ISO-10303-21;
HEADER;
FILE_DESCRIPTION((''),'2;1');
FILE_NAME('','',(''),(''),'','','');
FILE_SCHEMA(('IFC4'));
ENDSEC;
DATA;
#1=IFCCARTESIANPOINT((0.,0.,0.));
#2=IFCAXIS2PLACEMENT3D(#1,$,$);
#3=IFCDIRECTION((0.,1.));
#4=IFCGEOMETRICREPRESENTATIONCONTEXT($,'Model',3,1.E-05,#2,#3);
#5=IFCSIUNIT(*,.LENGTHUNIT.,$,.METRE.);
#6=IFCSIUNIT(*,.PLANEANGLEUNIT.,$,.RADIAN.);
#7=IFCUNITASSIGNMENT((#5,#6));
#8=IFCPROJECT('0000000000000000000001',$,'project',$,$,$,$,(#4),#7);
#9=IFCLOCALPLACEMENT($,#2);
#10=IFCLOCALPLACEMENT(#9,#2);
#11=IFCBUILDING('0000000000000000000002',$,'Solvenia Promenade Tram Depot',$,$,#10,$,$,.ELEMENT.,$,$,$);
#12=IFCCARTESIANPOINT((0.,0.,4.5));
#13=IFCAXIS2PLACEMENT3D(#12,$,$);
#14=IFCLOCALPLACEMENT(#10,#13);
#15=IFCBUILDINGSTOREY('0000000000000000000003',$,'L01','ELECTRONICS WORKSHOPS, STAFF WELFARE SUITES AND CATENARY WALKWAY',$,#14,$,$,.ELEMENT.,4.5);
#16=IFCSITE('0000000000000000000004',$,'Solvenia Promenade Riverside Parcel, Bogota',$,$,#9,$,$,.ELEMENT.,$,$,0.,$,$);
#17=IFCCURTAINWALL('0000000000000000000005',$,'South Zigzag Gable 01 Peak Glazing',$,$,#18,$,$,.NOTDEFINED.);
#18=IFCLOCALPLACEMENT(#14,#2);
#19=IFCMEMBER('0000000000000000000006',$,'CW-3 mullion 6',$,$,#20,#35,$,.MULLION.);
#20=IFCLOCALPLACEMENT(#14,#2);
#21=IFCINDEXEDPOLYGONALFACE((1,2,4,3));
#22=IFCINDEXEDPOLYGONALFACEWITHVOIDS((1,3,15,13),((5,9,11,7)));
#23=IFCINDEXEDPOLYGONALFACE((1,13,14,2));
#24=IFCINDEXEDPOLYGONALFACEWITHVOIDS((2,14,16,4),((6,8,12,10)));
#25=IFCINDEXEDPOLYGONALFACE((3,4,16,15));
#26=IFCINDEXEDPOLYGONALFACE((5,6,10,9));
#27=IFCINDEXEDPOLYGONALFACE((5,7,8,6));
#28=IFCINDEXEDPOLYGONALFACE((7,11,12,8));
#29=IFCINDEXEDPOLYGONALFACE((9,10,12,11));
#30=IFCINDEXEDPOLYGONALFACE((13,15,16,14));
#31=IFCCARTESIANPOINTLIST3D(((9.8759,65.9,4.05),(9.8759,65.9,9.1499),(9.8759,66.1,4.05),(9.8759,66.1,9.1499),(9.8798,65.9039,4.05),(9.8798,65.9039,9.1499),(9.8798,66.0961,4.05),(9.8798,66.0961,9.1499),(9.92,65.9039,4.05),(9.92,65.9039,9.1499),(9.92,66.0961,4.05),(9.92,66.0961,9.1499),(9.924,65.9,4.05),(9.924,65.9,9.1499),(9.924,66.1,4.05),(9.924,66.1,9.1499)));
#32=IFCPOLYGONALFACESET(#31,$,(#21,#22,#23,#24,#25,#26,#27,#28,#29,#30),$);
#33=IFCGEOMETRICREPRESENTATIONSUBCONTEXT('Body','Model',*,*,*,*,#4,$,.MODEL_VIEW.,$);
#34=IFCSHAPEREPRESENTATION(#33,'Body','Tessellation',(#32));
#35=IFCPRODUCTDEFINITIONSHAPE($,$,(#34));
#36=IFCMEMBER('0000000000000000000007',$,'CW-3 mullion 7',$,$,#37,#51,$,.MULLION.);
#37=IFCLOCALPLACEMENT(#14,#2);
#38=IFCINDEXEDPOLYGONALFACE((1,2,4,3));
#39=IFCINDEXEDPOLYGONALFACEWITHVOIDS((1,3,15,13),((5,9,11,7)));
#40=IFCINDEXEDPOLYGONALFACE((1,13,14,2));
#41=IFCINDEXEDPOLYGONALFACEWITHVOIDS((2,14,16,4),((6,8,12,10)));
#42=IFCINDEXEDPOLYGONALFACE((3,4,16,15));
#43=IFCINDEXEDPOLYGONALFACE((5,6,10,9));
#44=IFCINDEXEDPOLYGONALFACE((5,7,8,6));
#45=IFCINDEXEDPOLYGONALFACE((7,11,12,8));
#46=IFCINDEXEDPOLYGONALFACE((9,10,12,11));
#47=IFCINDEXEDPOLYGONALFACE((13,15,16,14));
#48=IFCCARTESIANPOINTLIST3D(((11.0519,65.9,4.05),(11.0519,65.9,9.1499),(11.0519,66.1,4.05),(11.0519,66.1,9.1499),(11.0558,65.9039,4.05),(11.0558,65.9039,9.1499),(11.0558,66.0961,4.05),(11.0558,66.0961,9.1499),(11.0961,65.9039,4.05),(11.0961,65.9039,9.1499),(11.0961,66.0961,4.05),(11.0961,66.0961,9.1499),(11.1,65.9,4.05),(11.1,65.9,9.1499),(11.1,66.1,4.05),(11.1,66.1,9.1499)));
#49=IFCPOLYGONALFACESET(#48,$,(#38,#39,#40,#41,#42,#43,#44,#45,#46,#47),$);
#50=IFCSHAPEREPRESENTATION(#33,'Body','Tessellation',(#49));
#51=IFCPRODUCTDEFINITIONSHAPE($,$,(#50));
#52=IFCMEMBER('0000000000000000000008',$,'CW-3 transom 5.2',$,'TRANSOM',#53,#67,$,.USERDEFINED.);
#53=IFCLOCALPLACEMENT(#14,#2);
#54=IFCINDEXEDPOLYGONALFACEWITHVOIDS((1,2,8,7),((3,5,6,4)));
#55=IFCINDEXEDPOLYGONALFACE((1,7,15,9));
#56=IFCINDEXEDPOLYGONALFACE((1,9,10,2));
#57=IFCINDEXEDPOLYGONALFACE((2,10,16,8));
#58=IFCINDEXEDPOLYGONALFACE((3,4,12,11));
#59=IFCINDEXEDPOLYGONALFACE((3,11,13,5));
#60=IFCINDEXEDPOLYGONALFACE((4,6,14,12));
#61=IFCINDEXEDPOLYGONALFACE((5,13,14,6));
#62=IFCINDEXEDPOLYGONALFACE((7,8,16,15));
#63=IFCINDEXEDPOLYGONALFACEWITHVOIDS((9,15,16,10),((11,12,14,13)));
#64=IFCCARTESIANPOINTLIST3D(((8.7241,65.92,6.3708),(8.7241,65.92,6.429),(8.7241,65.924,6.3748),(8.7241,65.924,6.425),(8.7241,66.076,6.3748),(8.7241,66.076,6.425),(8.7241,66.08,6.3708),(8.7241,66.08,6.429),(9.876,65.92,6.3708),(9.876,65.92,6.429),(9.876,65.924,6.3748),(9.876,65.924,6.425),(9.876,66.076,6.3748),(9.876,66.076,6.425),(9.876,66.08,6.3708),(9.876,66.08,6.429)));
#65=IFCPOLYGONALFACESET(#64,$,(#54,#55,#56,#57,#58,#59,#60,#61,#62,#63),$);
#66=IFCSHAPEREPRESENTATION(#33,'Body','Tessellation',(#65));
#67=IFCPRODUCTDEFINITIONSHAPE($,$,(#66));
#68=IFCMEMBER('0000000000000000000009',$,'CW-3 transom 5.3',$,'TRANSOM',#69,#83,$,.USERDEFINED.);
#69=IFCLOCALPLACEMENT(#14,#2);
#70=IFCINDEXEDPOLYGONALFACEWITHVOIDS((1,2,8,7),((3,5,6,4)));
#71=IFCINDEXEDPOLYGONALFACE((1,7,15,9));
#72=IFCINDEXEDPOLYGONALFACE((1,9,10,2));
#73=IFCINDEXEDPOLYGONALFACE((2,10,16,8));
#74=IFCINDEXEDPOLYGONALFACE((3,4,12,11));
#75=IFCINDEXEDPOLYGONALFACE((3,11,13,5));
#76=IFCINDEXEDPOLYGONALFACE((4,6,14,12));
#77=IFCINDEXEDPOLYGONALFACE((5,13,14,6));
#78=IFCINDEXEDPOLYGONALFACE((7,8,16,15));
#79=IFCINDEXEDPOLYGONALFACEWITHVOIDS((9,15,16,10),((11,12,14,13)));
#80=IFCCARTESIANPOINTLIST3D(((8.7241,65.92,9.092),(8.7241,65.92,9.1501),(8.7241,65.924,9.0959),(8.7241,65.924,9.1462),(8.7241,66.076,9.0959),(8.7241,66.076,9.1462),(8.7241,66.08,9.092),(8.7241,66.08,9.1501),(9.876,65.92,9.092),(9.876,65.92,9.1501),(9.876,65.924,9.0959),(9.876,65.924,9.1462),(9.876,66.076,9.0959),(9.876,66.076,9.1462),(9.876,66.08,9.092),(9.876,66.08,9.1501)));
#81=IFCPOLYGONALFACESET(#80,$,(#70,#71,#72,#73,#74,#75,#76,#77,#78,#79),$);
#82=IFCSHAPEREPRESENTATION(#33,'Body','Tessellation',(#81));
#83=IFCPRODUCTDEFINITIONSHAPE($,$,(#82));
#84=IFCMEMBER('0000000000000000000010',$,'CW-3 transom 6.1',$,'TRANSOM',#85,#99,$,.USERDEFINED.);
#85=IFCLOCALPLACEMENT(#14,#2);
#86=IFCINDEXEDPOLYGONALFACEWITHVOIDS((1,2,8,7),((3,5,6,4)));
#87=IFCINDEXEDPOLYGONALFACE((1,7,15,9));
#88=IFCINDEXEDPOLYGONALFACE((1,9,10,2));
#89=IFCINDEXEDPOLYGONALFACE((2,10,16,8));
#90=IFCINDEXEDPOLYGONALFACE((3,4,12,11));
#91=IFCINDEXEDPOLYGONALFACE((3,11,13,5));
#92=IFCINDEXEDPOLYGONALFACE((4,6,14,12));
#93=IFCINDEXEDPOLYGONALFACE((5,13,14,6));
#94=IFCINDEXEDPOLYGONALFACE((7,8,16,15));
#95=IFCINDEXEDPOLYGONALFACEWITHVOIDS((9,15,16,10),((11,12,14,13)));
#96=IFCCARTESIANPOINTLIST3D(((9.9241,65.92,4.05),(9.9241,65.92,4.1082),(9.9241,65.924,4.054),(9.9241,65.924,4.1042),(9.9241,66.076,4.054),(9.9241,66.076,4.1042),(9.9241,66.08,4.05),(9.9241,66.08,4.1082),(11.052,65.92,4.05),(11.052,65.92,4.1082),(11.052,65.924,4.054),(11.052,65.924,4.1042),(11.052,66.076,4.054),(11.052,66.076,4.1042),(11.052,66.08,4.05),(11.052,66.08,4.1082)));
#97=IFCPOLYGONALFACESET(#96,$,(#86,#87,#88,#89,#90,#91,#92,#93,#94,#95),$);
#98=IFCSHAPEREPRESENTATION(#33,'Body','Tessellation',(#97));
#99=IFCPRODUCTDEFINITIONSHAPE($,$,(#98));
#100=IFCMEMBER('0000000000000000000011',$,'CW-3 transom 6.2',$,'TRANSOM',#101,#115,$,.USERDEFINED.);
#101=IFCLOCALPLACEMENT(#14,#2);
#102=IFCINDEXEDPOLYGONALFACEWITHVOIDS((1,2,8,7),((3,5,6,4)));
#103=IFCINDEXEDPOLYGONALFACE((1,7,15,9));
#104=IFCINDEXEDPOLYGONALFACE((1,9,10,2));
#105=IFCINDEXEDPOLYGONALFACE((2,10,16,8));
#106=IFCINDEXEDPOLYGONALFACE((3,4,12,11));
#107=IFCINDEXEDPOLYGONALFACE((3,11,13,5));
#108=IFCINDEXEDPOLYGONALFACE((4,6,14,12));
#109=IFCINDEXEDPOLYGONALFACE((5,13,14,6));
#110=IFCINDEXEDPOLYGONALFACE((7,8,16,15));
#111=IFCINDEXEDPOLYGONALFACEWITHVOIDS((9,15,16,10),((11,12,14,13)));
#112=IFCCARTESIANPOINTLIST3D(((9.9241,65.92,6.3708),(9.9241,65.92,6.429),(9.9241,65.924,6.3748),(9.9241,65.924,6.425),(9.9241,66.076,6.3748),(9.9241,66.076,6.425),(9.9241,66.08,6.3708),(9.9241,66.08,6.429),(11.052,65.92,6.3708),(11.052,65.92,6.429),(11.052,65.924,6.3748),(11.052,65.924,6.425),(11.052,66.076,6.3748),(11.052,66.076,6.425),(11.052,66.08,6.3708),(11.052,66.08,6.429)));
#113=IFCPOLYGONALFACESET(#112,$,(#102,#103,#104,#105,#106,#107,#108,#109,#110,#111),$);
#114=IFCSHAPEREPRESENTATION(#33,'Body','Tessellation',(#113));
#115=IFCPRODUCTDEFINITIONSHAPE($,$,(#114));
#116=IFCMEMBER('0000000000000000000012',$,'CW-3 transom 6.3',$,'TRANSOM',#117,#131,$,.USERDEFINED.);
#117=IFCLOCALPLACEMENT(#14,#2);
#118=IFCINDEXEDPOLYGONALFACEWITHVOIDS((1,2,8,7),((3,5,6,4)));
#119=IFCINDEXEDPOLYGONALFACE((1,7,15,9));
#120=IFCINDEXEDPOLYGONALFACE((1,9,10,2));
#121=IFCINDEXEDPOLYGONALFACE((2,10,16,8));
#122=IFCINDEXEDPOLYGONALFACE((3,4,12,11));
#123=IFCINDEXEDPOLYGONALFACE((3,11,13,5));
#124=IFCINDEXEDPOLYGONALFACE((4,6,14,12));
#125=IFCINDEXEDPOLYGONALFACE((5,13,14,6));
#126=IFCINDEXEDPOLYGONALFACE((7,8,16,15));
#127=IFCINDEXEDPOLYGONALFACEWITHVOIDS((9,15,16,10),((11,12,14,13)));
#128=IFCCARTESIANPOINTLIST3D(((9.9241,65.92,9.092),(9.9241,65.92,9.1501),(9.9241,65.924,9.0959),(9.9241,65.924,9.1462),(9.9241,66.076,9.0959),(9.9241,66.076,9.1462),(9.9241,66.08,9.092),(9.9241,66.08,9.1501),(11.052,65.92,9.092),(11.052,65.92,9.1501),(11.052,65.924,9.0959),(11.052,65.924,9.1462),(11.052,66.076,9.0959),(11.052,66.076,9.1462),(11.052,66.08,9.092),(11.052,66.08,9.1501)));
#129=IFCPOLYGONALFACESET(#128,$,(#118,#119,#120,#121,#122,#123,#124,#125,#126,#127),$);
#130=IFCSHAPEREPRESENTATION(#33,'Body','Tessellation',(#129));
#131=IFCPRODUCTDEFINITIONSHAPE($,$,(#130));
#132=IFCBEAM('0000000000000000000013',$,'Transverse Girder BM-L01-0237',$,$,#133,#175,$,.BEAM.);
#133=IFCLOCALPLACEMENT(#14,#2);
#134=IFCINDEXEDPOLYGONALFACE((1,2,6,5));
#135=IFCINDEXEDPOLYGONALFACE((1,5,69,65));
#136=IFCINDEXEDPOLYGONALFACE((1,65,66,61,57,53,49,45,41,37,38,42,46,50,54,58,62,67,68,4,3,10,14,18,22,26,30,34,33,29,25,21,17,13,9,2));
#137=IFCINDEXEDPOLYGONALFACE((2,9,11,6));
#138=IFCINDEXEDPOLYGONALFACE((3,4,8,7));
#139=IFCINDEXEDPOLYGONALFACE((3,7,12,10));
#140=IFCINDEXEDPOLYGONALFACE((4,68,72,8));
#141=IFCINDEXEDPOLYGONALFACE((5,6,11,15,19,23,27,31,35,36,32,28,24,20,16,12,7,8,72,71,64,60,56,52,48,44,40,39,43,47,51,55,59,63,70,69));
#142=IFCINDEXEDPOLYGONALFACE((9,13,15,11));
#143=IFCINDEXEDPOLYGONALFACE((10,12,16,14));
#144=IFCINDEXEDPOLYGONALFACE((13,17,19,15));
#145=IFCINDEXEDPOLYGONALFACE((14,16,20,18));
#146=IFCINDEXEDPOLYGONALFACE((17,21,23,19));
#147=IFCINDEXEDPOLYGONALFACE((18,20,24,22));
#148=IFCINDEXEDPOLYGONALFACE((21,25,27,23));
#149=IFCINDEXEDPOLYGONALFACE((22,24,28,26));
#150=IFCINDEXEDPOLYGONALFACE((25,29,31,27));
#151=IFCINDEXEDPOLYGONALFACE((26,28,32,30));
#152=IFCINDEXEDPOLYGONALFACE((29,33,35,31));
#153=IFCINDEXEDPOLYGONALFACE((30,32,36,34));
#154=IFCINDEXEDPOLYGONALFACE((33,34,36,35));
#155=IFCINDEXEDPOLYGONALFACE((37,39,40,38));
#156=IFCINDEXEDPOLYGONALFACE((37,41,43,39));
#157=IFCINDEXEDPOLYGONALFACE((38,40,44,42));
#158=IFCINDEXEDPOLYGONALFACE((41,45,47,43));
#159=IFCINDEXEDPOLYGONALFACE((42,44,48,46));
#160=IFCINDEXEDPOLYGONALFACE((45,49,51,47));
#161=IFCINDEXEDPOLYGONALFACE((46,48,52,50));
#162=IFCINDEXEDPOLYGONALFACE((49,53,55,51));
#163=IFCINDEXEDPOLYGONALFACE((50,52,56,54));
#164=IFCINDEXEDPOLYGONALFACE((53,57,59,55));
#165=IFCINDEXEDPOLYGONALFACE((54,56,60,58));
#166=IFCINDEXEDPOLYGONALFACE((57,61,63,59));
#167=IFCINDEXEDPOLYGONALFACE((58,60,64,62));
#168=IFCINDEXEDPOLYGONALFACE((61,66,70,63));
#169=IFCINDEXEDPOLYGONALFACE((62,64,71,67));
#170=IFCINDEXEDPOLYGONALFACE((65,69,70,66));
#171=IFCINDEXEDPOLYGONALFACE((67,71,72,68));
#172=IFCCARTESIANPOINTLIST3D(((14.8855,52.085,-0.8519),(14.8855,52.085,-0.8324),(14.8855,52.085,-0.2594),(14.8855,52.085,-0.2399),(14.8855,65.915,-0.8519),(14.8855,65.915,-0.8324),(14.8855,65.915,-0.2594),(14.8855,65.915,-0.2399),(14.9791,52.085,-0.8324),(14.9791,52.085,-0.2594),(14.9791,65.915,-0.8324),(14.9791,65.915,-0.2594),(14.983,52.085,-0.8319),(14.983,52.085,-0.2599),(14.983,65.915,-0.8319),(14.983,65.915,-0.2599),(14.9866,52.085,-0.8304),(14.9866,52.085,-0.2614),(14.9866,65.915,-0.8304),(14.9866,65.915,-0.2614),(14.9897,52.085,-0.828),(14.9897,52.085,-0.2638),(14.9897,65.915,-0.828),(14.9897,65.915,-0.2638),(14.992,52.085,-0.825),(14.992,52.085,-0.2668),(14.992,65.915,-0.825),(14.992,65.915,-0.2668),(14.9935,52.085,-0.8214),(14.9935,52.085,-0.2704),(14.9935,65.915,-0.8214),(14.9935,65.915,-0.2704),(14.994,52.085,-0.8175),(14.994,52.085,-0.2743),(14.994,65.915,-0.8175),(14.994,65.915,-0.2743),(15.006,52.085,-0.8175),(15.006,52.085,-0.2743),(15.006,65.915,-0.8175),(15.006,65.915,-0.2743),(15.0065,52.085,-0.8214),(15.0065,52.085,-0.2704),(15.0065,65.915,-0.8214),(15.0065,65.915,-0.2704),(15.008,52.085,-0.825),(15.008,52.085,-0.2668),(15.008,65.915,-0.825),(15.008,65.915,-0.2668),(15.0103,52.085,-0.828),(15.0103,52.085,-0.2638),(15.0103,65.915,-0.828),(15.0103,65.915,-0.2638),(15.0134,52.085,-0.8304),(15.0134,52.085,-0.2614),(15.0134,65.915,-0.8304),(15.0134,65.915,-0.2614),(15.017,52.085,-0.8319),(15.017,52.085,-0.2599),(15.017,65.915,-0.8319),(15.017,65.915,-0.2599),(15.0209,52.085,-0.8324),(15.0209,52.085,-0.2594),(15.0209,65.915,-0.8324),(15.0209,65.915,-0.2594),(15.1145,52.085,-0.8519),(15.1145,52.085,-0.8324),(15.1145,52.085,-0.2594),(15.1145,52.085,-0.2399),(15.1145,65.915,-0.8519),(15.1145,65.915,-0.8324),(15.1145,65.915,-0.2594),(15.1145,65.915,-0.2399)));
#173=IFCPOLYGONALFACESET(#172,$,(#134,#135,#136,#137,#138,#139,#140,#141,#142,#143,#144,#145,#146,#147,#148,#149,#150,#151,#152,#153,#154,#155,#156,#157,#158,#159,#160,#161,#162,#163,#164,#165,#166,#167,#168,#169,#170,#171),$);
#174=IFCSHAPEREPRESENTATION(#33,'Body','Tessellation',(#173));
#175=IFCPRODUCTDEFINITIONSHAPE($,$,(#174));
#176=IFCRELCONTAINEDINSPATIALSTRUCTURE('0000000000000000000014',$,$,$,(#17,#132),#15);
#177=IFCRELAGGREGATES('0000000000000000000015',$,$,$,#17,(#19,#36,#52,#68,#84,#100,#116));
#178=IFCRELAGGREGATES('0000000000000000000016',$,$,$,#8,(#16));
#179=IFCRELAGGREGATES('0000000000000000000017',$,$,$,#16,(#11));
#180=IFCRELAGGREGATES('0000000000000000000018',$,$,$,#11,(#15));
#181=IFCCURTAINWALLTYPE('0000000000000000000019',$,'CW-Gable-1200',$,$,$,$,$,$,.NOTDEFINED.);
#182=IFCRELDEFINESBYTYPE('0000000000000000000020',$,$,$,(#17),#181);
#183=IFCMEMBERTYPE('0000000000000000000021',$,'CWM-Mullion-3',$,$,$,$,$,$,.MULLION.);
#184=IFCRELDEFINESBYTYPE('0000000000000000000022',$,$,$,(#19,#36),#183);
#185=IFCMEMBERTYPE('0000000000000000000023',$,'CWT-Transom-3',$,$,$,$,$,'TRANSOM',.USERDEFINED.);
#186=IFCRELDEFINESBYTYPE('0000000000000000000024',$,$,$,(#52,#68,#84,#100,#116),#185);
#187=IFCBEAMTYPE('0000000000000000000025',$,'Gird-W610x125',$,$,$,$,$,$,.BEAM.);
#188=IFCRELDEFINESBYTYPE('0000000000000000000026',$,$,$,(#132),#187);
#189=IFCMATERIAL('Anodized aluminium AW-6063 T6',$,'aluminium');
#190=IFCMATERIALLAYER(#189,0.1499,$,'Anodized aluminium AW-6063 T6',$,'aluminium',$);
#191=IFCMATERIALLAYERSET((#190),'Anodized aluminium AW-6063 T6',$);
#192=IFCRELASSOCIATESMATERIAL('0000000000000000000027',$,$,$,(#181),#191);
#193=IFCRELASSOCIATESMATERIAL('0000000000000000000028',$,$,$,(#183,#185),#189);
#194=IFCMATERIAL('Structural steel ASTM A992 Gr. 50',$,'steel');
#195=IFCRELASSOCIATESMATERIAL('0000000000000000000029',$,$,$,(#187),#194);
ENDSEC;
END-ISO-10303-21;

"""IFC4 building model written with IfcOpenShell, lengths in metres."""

from ifc_helpers import new_model, si_unit, direction, frame, origin, origin_2d, place, context, subcontext, project, spatial, hollow_rectangle, i_section, extrude, material, layer, layer_set, material_profile, profile_set, type_object, element, aggregate, save


model = new_model("IFC4")

# Units and contexts
model_context = context("Model", 3, precision=1e-05, world=origin(), true_north=direction((0.0, 1.0)))
body_context = subcontext(model_context, "Body", "Model", "MODEL_VIEW")
ifc_project = project(units=[si_unit("LENGTHUNIT", "METRE"), si_unit("PLANEANGLEUNIT", "RADIAN")], contexts=[model_context])

# Site, building, storey
site_placement = place(None, origin())
site = spatial("IfcSite", under=ifc_project, at=site_placement, Name="Solvenia Promenade Riverside Parcel, Bogota", CompositionType="ELEMENT", RefElevation=0.0)
building_placement = place(site_placement, origin())
building = spatial("IfcBuilding", under=site, at=building_placement, Name="Solvenia Promenade Tram Depot", CompositionType="ELEMENT")
storey_placement = place(building_placement, frame((0.0, 0.0, 4.5)))
storey = spatial("IfcBuildingStorey", under=building, at=storey_placement, Name="L01", Description="ELECTRONICS WORKSHOPS, STAFF WELFARE SUITES AND CATENARY WALKWAY", CompositionType="ELEMENT", Elevation=4.5)

# Curtain wall, members
ifc_material_1 = material(Name="Anodized aluminium AW-6063 T6", Category="aluminium")
ifc_layer_1 = layer(ifc_material_1, 0.1499, Name="Anodized aluminium AW-6063 T6", Category="aluminium")
ifc_layer_set_1 = layer_set([ifc_layer_1], Name="Anodized aluminium AW-6063 T6")
curtain_wall_type = type_object("IfcCurtainWallType", Name="CW-Gable-1200", PredefinedType="NOTDEFINED", material=ifc_layer_set_1)
curtain_wall_placement = place(storey_placement, origin())
curtain_wall = element("IfcCurtainWall", 1, at=curtain_wall_placement, inside=storey, type_object=curtain_wall_type, Name="South Zigzag Gable 01 Peak Glazing", PredefinedType="NOTDEFINED")
ifc_material_profile_1 = material_profile(ifc_material_1, hollow_rectangle(XDim=0.2, YDim=0.0481, WallThickness=0.0039, at=origin_2d()), Name="ALU-M3", Category="aluminium")
ifc_profile_set_1 = profile_set([ifc_material_profile_1], Name="Anodized aluminium AW-6063 T6")
member_type_1 = type_object("IfcMemberType", Name="CWM-Mullion-3", PredefinedType="MULLION", material=ifc_profile_set_1)
member_1_placement = place(storey_placement, frame((9.8999, 66.0, 4.05), z_axis=(0.0, 0.0, 1.0), x_axis=(0.0, 1.0, 0.0)))
member_1 = element("IfcMember", 2, at=member_1_placement, type_object=member_type_1, Name="CW-3 mullion 6", PredefinedType="MULLION", context=body_context, shape_type="SweptSolid", body=[
    extrude(hollow_rectangle(XDim=0.2, YDim=0.0481, WallThickness=0.0039, at=origin_2d()), origin(), (0.0, 0.0, 1.0), 5.0999),
])
member_2_placement = place(storey_placement, frame((11.0759, 66.0, 4.05), z_axis=(0.0, 0.0, 1.0), x_axis=(0.0, 1.0, 0.0)))
member_2 = element("IfcMember", 3, at=member_2_placement, type_object=member_type_1, Name="CW-3 mullion 7", PredefinedType="MULLION", context=body_context, shape_type="SweptSolid", body=[
    extrude(hollow_rectangle(XDim=0.2, YDim=0.0481, WallThickness=0.0039, at=origin_2d()), origin(), (0.0, 0.0, 1.0), 5.0999),
])
ifc_material_profile_2 = material_profile(ifc_material_1, hollow_rectangle(XDim=0.1599, YDim=0.0581, WallThickness=0.0039, at=origin_2d()), Name="ALU-T3", Category="aluminium")
ifc_profile_set_2 = profile_set([ifc_material_profile_2], Name="Anodized aluminium AW-6063 T6")
member_type_2 = type_object("IfcMemberType", Name="CWT-Transom-3", ElementType="TRANSOM", PredefinedType="USERDEFINED", material=ifc_profile_set_2)
member_3_placement = place(storey_placement, frame((8.7241, 66.0, 6.3999), z_axis=(1.0, 0.0, 0.0), x_axis=(0.0, 1.0, 0.0)))
member_3 = element("IfcMember", 4, at=member_3_placement, type_object=member_type_2, Name="CW-3 transom 5.2", ObjectType="TRANSOM", PredefinedType="USERDEFINED", context=body_context, shape_type="SweptSolid", body=[
    extrude(hollow_rectangle(XDim=0.1599, YDim=0.0581, WallThickness=0.0039, at=origin_2d()), origin(), (0.0, 0.0, 1.0), 1.1519),
])
member_4_placement = place(storey_placement, frame((8.7241, 66.0, 9.1211), z_axis=(1.0, 0.0, 0.0), x_axis=(0.0, 1.0, 0.0)))
member_4 = element("IfcMember", 5, at=member_4_placement, type_object=member_type_2, Name="CW-3 transom 5.3", ObjectType="TRANSOM", PredefinedType="USERDEFINED", context=body_context, shape_type="SweptSolid", body=[
    extrude(hollow_rectangle(XDim=0.1599, YDim=0.0581, WallThickness=0.0039, at=origin_2d()), origin(), (0.0, 0.0, 1.0), 1.1519),
])
member_5_placement = place(storey_placement, frame((9.9241, 66.0, 4.0791), z_axis=(1.0, 0.0, 0.0), x_axis=(0.0, 1.0, 0.0)))
member_5 = element("IfcMember", 6, at=member_5_placement, type_object=member_type_2, Name="CW-3 transom 6.1", ObjectType="TRANSOM", PredefinedType="USERDEFINED", context=body_context, shape_type="SweptSolid", body=[
    extrude(hollow_rectangle(XDim=0.1599, YDim=0.0581, WallThickness=0.0039, at=origin_2d()), origin(), (0.0, 0.0, 1.0), 1.1279),
])
member_6_placement = place(storey_placement, frame((9.9241, 66.0, 6.3999), z_axis=(1.0, 0.0, 0.0), x_axis=(0.0, 1.0, 0.0)))
member_6 = element("IfcMember", 7, at=member_6_placement, type_object=member_type_2, Name="CW-3 transom 6.2", ObjectType="TRANSOM", PredefinedType="USERDEFINED", context=body_context, shape_type="SweptSolid", body=[
    extrude(hollow_rectangle(XDim=0.1599, YDim=0.0581, WallThickness=0.0039, at=origin_2d()), origin(), (0.0, 0.0, 1.0), 1.1279),
])
member_7_placement = place(storey_placement, frame((9.9241, 66.0, 9.1211), z_axis=(1.0, 0.0, 0.0), x_axis=(0.0, 1.0, 0.0)))
member_7 = element("IfcMember", 8, at=member_7_placement, type_object=member_type_2, Name="CW-3 transom 6.3", ObjectType="TRANSOM", PredefinedType="USERDEFINED", context=body_context, shape_type="SweptSolid", body=[
    extrude(hollow_rectangle(XDim=0.1599, YDim=0.0581, WallThickness=0.0039, at=origin_2d()), origin(), (0.0, 0.0, 1.0), 1.1279),
])

# Beam
ifc_material_2 = material(Name="Structural steel ASTM A992 Gr. 50", Category="steel")
ifc_material_profile_3 = material_profile(ifc_material_2, i_section(OverallWidth=0.229, OverallDepth=0.6121, WebThickness=0.012, FlangeThickness=0.0195, FilletRadius=0.0149, at=origin_2d()), Name="W610x125", Category="steel")
ifc_profile_set_3 = profile_set([ifc_material_profile_3], Name="Structural steel ASTM A992 Gr. 50")
beam_type_1 = type_object("IfcBeamType", Name="Gird-W610x125", PredefinedType="BEAM", material=ifc_profile_set_3)
for number, where, z_axis, x_axis, name in (
    (9, (15.0, 52.085, -0.5459), (0.0, 1.0, 0.0), (-1.0, 0.0, 0.0), "Transverse Girder BM-L01-0237"),
):
    element("IfcBeam", number, at=place(storey_placement, frame(where, z_axis=z_axis, x_axis=x_axis)), inside=storey, type_object=beam_type_1, Name=name, PredefinedType="BEAM", context=body_context, shape_type="SweptSolid", body=[
        extrude(i_section(OverallWidth=0.229, OverallDepth=0.6121, WebThickness=0.012, FlangeThickness=0.0195, FilletRadius=0.0149, at=origin_2d()), origin(), (0.0, 0.0, 1.0), 13.8301),
    ])

aggregate(curtain_wall, [member_1, member_2, member_3, member_4, member_5, member_6, member_7])

save(model, "model.ifc")
